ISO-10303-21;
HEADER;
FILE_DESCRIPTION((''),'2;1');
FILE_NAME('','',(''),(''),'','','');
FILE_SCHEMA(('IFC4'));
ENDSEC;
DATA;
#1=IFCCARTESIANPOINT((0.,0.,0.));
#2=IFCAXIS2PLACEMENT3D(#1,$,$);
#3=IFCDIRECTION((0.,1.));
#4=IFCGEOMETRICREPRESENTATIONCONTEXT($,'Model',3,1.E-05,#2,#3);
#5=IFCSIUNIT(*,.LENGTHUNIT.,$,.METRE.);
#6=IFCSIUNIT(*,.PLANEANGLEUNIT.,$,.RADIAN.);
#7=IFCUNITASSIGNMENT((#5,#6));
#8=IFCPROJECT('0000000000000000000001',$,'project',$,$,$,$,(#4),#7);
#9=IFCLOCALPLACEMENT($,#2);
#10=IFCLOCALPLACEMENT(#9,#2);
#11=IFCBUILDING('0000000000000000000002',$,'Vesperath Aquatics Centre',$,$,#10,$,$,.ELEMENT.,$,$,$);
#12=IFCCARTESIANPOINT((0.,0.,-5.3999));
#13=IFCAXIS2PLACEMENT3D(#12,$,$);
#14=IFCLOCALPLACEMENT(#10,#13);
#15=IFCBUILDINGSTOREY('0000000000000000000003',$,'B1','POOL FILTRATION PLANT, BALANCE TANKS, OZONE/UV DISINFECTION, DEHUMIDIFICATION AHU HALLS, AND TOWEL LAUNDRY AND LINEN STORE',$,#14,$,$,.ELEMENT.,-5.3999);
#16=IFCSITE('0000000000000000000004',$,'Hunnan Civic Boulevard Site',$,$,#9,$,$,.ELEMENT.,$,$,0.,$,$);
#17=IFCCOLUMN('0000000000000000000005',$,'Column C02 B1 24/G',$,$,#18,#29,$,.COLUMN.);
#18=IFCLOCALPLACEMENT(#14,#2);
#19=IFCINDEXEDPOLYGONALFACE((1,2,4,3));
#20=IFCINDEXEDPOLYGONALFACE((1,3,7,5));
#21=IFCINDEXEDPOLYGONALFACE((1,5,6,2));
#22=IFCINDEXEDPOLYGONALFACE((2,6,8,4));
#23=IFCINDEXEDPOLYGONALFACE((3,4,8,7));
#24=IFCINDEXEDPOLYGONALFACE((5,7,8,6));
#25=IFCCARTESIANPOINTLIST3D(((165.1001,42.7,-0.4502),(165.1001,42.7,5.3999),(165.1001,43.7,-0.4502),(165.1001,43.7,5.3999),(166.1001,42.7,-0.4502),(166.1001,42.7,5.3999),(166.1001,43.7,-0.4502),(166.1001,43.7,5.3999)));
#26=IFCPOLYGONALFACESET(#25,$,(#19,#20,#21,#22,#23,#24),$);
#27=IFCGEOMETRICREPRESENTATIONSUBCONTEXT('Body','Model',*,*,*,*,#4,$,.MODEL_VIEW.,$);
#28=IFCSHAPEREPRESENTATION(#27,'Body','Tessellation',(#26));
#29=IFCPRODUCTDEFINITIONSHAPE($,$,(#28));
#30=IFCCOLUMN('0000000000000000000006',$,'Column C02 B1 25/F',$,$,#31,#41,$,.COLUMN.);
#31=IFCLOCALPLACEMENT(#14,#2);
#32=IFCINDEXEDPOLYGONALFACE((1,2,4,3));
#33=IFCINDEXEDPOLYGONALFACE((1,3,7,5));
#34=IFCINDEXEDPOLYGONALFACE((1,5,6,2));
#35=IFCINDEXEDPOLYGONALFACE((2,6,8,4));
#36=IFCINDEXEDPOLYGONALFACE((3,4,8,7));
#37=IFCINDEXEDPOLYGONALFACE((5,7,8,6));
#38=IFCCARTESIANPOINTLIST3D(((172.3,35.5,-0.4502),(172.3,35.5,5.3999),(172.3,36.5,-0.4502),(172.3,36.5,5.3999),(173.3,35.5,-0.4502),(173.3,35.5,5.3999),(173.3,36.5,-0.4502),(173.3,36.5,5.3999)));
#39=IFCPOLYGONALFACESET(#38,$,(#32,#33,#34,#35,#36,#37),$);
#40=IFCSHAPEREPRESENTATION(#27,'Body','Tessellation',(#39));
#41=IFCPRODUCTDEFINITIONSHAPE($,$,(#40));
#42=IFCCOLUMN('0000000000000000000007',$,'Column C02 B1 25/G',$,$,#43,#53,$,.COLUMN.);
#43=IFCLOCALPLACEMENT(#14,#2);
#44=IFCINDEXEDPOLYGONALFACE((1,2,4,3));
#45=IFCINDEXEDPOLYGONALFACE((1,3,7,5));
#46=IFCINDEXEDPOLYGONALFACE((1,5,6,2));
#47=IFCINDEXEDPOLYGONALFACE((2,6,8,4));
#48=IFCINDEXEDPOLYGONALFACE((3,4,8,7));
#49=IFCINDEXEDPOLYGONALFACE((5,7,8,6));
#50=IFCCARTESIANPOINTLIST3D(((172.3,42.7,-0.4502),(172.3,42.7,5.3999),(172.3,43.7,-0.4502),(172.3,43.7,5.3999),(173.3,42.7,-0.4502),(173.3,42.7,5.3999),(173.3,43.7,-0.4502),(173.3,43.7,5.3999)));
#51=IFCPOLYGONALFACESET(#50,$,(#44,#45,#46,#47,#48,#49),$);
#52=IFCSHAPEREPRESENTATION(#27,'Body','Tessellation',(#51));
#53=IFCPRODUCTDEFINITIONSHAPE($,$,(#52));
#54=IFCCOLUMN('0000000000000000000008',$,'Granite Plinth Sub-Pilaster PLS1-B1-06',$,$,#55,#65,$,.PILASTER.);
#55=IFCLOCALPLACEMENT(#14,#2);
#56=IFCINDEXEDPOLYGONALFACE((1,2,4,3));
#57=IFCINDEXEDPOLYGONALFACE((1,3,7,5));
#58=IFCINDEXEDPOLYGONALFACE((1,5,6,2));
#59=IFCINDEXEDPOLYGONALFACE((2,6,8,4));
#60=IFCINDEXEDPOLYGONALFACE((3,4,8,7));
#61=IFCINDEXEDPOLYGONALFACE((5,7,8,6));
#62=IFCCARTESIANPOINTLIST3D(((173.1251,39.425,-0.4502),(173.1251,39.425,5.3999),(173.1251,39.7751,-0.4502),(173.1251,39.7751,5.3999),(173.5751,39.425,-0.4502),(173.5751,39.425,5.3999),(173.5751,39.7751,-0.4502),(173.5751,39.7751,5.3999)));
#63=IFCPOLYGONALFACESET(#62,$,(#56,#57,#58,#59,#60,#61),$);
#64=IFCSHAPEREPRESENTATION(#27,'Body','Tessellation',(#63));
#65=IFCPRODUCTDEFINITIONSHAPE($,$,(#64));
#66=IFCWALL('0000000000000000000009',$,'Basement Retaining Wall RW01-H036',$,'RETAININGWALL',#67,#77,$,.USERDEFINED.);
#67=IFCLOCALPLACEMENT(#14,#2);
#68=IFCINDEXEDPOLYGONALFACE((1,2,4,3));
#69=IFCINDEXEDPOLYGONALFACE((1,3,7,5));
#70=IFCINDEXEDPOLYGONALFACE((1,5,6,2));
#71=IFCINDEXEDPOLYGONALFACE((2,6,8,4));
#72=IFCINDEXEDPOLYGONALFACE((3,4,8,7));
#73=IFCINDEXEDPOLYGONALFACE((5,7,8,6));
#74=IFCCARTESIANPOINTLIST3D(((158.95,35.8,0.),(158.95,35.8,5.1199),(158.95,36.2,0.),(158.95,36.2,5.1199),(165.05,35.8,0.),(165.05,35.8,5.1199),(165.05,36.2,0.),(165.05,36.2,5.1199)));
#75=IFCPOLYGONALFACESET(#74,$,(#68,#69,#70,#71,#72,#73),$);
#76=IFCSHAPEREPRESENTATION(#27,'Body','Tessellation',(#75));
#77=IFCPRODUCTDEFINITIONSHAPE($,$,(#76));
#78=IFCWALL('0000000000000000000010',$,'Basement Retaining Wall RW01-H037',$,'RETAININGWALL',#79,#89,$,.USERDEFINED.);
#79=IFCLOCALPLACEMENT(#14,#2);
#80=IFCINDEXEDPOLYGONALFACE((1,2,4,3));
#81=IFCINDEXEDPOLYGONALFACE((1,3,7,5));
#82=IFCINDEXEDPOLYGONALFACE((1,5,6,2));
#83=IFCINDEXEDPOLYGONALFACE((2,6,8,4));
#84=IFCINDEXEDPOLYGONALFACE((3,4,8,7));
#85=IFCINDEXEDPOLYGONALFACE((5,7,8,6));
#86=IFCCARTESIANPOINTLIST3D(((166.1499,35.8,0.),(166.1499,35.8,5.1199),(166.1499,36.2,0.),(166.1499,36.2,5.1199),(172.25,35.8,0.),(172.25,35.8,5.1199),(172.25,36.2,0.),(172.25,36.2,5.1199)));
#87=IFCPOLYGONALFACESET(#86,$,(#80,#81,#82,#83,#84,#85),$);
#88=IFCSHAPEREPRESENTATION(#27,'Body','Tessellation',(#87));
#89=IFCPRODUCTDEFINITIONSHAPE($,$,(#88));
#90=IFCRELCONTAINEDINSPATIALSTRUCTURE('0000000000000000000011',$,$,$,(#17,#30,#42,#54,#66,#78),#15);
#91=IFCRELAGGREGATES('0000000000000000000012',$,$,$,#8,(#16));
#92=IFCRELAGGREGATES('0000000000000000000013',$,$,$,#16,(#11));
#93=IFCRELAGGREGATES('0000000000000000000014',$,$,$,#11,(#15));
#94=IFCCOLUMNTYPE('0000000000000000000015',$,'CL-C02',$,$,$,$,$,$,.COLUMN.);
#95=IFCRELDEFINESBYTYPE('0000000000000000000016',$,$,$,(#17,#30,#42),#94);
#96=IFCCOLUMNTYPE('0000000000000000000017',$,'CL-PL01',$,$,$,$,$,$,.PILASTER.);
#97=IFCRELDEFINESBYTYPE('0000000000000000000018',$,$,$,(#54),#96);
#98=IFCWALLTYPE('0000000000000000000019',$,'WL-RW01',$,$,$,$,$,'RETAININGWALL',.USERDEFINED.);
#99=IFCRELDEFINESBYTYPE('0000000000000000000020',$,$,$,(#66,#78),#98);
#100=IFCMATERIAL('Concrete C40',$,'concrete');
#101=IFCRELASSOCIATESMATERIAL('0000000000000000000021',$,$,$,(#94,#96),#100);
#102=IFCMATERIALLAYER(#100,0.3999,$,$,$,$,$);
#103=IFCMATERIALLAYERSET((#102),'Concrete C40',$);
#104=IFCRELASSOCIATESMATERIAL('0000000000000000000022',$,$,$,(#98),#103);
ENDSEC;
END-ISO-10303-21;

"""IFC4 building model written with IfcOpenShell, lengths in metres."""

from ifc_helpers import new_model, si_unit, direction, frame, frame_2d, origin, origin_2d, place, context, subcontext, project, spatial, rectangle, extrude, material, layer, layer_set, material_profile, profile_set, type_object, element, save


model = new_model("IFC4")

# Units and contexts
model_context = context("Model", 3, precision=1e-05, world=origin(), true_north=direction((0.0, 1.0)))
body_context = subcontext(model_context, "Body", "Model", "MODEL_VIEW")
ifc_project = project(units=[si_unit("LENGTHUNIT", "METRE"), si_unit("PLANEANGLEUNIT", "RADIAN")], contexts=[model_context])

# Site, building, storey
site_placement = place(None, origin())
site = spatial("IfcSite", under=ifc_project, at=site_placement, Name="Hunnan Civic Boulevard Site", CompositionType="ELEMENT", RefElevation=0.0)
building_placement = place(site_placement, origin())
building = spatial("IfcBuilding", under=site, at=building_placement, Name="Vesperath Aquatics Centre", CompositionType="ELEMENT")
storey_placement = place(building_placement, frame((0.0, 0.0, -5.3999)))
storey = spatial("IfcBuildingStorey", under=building, at=storey_placement, Name="B1", Description="POOL FILTRATION PLANT, BALANCE TANKS, OZONE/UV DISINFECTION, DEHUMIDIFICATION AHU HALLS, AND TOWEL LAUNDRY AND LINEN STORE", CompositionType="ELEMENT", Elevation=-5.3999)

# Shared definitions
ifc_material_1 = material(Name="Concrete C40", Category="concrete")

# Columns
ifc_material_profile_1 = material_profile(ifc_material_1, rectangle(XDim=1.0, YDim=1.0, at=origin_2d()), Name="RC 1000x1000")
ifc_profile_set_1 = profile_set([ifc_material_profile_1], Name="Concrete C40")
column_type_1 = type_object("IfcColumnType", Name="CL-C02", PredefinedType="COLUMN", material=ifc_profile_set_1)
for number, where, z_axis, x_axis, name in (
    (1, (165.6001, 43.2, -0.4502), (0.0, 0.0, 1.0), (1.0, 0.0, 0.0), "Column C02 B1 24/G"),
    (2, (172.8, 36.0, -0.4502), (0.0, 0.0, 1.0), (1.0, 0.0, 0.0), "Column C02 B1 25/F"),
    (3, (172.8, 43.2, -0.4502), (0.0, 0.0, 1.0), (1.0, 0.0, 0.0), "Column C02 B1 25/G"),
):
    element("IfcColumn", number, at=place(storey_placement, frame(where, z_axis=z_axis, x_axis=x_axis)), inside=storey, type_object=column_type_1, Name=name, PredefinedType="COLUMN", context=body_context, shape_type="SweptSolid", body=[
        extrude(rectangle(XDim=1.0, YDim=1.0, at=origin_2d()), origin(), (0.0, 0.0, 1.0), 5.8501),
    ])
ifc_material_profile_2 = material_profile(ifc_material_1, rectangle(XDim=0.45, YDim=0.3501, at=origin_2d()), Name="CL-PL01")
ifc_profile_set_2 = profile_set([ifc_material_profile_2], Name="Concrete C40")
column_type_2 = type_object("IfcColumnType", Name="CL-PL01", PredefinedType="PILASTER", material=ifc_profile_set_2)
column_placement = place(storey_placement, frame((173.3501, 39.6001, -0.4502), z_axis=(0.0, 0.0, 1.0), x_axis=(1.0, 0.0, 0.0)))
element("IfcColumn", 4, at=column_placement, inside=storey, type_object=column_type_2, Name="Granite Plinth Sub-Pilaster PLS1-B1-06", PredefinedType="PILASTER", context=body_context, shape_type="SweptSolid", body=[
    extrude(rectangle(XDim=0.45, YDim=0.3501, at=origin_2d()), origin(), (0.0, 0.0, 1.0), 5.8501),
])

# Walls
ifc_layer = layer(ifc_material_1, 0.3999)
ifc_layer_set = layer_set([ifc_layer], Name="Concrete C40")
wall_type = type_object("IfcWallType", Name="WL-RW01", ElementType="RETAININGWALL", PredefinedType="USERDEFINED", material=ifc_layer_set)
for number, where, z_axis, x_axis, name in (
    (5, (158.95, 36.0, 0.0), (0.0, 0.0, 1.0), (1.0, 0.0, 0.0), "Basement Retaining Wall RW01-H036"),
    (6, (166.1499, 36.0, 0.0), (0.0, 0.0, 1.0), (1.0, 0.0, 0.0), "Basement Retaining Wall RW01-H037"),
):
    element("IfcWall", number, at=place(storey_placement, frame(where, z_axis=z_axis, x_axis=x_axis)), inside=storey, type_object=wall_type, Name=name, ObjectType="RETAININGWALL", PredefinedType="USERDEFINED", context=body_context, shape_type="SweptSolid", body=[
        extrude(rectangle(XDim=6.1001, YDim=0.3999, at=frame_2d((3.05, 0.0))), origin(), (0.0, 0.0, 1.0), 5.1199),
    ])

save(model, "model.ifc")
